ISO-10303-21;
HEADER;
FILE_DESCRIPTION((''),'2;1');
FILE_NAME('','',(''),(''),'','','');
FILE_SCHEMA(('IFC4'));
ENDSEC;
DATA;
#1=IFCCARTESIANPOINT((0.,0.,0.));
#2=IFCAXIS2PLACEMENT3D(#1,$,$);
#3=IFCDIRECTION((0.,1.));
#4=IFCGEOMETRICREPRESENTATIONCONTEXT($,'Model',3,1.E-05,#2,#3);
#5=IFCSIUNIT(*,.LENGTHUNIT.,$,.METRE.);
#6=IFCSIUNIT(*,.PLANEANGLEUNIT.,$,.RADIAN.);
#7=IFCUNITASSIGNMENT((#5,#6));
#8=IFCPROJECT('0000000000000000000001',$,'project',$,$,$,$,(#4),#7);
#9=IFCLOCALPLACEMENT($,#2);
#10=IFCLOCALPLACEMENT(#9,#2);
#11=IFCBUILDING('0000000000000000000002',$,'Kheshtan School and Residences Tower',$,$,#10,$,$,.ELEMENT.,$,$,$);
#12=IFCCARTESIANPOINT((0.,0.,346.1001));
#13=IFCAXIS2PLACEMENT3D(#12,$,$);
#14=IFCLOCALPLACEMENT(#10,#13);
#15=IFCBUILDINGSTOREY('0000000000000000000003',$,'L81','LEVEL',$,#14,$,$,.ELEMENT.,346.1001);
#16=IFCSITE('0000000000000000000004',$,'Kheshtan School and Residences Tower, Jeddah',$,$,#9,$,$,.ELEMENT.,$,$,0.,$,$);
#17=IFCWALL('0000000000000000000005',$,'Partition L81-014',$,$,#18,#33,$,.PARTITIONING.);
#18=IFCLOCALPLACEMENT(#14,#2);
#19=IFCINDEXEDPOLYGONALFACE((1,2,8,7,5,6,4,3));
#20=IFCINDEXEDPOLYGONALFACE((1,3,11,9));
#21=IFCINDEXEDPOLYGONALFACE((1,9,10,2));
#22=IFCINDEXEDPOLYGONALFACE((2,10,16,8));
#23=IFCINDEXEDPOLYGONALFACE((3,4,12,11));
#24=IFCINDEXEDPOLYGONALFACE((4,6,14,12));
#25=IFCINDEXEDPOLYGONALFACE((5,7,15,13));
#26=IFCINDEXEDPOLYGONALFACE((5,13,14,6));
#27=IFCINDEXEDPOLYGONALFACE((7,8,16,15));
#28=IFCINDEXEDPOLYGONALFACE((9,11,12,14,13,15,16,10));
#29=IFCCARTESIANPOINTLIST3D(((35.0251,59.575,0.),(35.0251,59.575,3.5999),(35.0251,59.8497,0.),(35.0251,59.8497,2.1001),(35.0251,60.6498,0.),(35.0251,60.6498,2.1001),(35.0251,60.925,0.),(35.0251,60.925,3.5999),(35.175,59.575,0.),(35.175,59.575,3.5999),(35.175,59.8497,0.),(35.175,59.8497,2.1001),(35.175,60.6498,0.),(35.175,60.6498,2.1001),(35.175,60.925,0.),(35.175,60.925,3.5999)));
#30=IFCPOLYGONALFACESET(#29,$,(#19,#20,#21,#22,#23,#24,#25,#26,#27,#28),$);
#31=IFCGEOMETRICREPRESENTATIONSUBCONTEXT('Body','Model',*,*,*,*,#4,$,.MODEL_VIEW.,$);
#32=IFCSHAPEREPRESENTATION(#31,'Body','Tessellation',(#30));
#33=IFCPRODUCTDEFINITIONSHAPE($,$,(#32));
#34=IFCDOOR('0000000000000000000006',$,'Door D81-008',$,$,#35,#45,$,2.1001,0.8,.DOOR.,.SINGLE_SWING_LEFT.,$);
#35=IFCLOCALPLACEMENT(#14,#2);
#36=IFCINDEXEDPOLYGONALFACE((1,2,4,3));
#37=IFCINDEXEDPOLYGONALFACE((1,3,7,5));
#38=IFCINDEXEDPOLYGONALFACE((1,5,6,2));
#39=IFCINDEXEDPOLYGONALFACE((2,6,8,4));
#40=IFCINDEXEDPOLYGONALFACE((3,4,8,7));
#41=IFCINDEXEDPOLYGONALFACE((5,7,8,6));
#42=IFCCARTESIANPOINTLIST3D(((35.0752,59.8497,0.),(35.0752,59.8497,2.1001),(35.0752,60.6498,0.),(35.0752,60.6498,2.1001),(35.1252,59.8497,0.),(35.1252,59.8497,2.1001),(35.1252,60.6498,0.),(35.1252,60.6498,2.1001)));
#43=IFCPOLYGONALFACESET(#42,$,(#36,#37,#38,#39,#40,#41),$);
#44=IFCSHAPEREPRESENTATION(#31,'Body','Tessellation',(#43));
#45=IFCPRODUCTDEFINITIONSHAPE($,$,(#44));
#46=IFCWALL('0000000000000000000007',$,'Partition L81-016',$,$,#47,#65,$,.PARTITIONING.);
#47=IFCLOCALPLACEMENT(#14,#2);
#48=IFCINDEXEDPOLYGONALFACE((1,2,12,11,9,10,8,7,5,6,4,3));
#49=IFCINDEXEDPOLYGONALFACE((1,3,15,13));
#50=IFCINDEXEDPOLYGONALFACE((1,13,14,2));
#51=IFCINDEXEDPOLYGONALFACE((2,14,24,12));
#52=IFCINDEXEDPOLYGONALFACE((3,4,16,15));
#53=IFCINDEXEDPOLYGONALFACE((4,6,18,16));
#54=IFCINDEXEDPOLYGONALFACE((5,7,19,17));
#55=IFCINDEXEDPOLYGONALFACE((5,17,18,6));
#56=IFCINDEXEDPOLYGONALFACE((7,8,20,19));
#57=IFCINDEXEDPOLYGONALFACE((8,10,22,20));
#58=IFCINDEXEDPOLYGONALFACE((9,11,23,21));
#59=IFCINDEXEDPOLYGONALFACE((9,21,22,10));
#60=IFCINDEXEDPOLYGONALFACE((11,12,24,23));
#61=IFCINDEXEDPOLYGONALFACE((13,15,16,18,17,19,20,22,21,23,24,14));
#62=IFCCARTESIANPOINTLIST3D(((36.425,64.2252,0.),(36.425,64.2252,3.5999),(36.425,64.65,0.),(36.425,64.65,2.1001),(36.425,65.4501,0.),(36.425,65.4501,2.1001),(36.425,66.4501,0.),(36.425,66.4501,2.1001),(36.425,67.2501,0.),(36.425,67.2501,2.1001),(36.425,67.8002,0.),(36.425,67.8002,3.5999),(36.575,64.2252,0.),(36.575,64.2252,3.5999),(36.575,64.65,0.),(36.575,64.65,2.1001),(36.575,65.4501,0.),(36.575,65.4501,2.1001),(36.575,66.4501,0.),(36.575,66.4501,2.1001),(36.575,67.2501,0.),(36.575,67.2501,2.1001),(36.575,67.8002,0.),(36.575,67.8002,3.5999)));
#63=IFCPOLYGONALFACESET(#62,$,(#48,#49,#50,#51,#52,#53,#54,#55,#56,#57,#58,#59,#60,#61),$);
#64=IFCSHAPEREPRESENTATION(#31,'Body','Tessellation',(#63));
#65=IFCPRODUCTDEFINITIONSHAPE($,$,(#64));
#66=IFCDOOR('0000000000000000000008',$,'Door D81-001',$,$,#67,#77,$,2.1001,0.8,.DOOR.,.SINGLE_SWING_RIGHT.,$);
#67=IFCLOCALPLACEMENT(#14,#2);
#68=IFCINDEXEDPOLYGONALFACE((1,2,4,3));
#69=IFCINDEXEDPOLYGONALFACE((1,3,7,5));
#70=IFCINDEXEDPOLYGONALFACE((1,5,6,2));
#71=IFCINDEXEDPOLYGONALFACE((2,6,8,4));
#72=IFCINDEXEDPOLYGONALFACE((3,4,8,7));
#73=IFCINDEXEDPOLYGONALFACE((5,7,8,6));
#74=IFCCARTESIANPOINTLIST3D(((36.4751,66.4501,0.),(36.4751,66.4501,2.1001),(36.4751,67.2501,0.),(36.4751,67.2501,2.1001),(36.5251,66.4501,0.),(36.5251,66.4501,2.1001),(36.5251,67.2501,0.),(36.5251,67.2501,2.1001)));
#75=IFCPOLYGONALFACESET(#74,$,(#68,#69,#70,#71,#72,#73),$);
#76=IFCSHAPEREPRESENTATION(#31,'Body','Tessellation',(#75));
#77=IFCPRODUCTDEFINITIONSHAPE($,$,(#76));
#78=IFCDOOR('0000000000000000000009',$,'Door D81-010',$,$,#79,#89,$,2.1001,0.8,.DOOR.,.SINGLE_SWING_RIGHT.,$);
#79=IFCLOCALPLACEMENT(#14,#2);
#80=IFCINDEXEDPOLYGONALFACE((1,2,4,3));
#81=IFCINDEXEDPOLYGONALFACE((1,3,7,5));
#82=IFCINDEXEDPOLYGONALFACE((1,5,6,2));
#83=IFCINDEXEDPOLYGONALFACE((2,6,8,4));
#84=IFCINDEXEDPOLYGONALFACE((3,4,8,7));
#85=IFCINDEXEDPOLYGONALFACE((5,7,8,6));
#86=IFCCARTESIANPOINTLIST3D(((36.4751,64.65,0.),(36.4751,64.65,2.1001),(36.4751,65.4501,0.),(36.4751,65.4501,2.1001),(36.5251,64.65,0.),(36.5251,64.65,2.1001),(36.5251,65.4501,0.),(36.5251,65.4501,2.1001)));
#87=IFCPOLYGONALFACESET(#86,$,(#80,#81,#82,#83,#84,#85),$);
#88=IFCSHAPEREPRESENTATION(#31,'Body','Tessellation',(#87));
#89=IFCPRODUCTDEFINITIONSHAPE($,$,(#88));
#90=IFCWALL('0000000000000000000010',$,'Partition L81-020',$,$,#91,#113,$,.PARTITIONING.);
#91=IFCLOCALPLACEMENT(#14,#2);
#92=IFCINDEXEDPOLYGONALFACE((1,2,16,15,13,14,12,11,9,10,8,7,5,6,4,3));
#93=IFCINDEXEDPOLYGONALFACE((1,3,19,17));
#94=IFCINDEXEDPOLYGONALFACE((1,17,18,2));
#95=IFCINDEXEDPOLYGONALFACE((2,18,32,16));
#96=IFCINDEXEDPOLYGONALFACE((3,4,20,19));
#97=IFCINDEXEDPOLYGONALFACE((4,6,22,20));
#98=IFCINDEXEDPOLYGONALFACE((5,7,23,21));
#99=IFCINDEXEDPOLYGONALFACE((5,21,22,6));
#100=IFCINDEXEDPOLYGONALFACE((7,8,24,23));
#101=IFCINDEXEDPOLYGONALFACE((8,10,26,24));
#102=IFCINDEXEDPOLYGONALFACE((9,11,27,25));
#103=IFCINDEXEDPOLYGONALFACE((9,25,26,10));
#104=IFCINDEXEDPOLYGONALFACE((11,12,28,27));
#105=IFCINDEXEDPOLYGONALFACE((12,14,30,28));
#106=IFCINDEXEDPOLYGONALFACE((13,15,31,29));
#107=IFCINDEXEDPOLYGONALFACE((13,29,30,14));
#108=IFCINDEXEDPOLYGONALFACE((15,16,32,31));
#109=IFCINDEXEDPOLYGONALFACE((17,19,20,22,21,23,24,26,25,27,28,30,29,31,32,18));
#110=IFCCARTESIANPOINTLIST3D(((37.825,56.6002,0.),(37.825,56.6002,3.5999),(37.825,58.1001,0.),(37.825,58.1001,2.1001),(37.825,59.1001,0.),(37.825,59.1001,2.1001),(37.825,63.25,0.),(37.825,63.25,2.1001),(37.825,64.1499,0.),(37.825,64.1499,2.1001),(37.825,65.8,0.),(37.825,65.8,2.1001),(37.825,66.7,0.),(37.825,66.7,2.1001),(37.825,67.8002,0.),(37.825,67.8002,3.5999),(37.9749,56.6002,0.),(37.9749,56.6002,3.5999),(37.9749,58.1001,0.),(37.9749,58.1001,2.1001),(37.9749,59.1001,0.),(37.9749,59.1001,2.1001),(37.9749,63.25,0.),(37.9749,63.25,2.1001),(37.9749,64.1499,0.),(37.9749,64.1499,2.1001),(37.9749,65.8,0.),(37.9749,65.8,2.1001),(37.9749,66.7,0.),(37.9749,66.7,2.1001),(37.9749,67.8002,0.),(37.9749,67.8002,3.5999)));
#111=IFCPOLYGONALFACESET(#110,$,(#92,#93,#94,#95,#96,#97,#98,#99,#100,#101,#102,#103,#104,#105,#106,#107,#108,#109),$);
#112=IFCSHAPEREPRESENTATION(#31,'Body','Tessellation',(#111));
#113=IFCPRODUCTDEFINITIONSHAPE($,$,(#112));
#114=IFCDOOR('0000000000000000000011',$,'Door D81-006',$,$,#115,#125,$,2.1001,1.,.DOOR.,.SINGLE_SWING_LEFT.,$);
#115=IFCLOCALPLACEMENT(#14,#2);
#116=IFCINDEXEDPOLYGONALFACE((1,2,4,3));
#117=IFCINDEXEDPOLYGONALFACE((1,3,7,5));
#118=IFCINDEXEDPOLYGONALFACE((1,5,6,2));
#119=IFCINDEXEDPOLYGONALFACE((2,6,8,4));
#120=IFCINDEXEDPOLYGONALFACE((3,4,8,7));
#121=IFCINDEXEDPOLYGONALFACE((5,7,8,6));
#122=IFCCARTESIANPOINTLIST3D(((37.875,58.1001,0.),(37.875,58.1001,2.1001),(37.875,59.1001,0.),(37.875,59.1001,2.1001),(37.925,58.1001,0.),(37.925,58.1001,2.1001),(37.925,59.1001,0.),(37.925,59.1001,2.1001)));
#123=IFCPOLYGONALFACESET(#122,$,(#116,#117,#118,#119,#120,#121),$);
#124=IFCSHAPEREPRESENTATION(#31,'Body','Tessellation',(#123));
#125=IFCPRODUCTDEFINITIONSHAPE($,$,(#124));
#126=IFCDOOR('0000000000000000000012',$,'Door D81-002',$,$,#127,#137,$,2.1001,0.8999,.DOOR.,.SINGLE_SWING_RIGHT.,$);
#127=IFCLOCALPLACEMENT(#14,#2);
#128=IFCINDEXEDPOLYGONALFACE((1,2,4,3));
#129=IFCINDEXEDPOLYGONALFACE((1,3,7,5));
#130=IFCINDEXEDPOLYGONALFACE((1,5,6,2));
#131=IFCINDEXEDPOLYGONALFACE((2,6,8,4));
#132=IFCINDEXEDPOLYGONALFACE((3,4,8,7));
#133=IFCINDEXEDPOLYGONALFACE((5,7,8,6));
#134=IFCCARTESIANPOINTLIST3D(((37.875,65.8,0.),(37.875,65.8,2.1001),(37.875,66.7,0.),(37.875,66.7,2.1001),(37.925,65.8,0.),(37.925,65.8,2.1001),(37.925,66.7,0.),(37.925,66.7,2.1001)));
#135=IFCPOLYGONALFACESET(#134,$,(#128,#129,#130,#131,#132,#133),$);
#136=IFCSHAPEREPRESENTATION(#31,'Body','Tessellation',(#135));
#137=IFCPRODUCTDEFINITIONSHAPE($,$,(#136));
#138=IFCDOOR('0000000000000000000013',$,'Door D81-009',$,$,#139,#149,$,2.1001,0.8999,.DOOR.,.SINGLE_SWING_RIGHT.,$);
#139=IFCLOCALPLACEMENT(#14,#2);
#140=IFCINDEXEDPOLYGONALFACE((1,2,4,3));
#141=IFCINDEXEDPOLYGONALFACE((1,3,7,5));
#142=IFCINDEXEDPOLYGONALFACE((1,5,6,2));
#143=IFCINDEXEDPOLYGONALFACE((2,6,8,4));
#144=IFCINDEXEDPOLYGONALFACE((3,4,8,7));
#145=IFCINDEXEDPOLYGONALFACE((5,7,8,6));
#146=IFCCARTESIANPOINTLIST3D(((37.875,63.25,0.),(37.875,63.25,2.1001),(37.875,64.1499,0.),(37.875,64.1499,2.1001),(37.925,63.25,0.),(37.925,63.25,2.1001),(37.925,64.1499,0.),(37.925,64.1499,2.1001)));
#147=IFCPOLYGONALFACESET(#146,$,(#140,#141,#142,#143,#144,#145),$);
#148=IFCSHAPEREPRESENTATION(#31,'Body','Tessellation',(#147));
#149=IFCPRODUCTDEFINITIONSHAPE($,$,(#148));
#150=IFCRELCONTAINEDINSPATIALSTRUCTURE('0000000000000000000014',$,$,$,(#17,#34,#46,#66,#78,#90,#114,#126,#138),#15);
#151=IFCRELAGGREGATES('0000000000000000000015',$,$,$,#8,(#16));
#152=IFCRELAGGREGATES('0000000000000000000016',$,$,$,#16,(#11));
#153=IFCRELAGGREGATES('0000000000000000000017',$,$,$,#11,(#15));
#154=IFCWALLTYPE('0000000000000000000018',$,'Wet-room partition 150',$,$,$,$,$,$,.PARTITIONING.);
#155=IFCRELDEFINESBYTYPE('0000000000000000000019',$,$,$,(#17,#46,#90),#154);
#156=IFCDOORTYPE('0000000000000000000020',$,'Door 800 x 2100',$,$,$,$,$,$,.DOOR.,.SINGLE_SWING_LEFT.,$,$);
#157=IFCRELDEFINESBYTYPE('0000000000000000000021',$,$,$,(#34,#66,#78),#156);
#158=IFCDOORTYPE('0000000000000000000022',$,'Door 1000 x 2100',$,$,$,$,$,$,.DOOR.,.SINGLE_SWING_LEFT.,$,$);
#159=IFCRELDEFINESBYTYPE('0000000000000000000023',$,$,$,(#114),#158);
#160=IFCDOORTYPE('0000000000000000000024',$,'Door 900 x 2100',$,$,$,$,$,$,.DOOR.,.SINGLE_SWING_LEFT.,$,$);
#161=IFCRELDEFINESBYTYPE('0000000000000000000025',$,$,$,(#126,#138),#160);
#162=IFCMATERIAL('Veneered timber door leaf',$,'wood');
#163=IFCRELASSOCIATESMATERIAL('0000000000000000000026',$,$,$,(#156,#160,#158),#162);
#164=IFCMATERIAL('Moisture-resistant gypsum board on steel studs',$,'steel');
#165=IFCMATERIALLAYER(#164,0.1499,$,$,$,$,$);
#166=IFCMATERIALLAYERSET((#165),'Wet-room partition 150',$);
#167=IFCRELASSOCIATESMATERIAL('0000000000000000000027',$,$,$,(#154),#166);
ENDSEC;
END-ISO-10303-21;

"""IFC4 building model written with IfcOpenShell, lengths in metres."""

from ifc_helpers import new_model, si_unit, direction, frame, frame_2d, origin, place, context, subcontext, project, spatial, rectangle, extrude, source, transform, mapped, material, layer, layer_set, type_object, element, fill, save


model = new_model("IFC4")

# Units and contexts
model_context = context("Model", 3, precision=1e-05, world=origin(), true_north=direction((0.0, 1.0)))
body_context = subcontext(model_context, "Body", "Model", "MODEL_VIEW")
ifc_project = project(units=[si_unit("LENGTHUNIT", "METRE"), si_unit("PLANEANGLEUNIT", "RADIAN")], contexts=[model_context])

# Site, building, storey
site_placement = place(None, origin())
site = spatial("IfcSite", under=ifc_project, at=site_placement, Name="Kheshtan School and Residences Tower, Jeddah", CompositionType="ELEMENT", RefElevation=0.0)
building_placement = place(site_placement, origin())
building = spatial("IfcBuilding", under=site, at=building_placement, Name="Kheshtan School and Residences Tower", CompositionType="ELEMENT")
storey_placement = place(building_placement, frame((0.0, 0.0, 346.1001)))
storey = spatial("IfcBuildingStorey", under=building, at=storey_placement, Name="L81", Description="LEVEL", CompositionType="ELEMENT", Elevation=346.1001)

# Shared definitions
ifc_material_1 = material(Name="Veneered timber door leaf", Category="wood")
door_type_1 = type_object("IfcDoorType", Name="Door 800 x 2100", OperationType="SINGLE_SWING_LEFT", PredefinedType="DOOR", material=ifc_material_1)
shared_shape_1 = source(origin(), body_context, "Body", "SweptSolid", [
    extrude(rectangle(XDim=0.8, YDim=2.1001, at=frame_2d((0.3999, 1.05))), frame((0.0, 0.0249, 0.0), z_axis=(0.0, -1.0, 0.0), x_axis=(1.0, 0.0, 0.0)), (0.0, 0.0, 1.0), 0.05),
])
door_type_2 = type_object("IfcDoorType", Name="Door 900 x 2100", OperationType="SINGLE_SWING_LEFT", PredefinedType="DOOR", material=ifc_material_1)
shared_shape_2 = source(origin(), body_context, "Body", "SweptSolid", [
    extrude(rectangle(XDim=0.8999, YDim=2.1001, at=frame_2d((0.45, 1.05))), frame((0.0, 0.0249, 0.0), z_axis=(0.0, -1.0, 0.0), x_axis=(1.0, 0.0, 0.0)), (0.0, 0.0, 1.0), 0.05),
])

# Shared definitions
ifc_material_2 = material(Name="Moisture-resistant gypsum board on steel studs", Category="steel")
ifc_layer_1 = layer(ifc_material_2, 0.1499)
ifc_layer_set_1 = layer_set([ifc_layer_1], Name="Wet-room partition 150")
wall_type_1 = type_object("IfcWallType", Name="Wet-room partition 150", PredefinedType="PARTITIONING", material=ifc_layer_set_1)

# Wall, opening, door
wall_1_placement = place(storey_placement, frame((35.1001, 59.575, 0.0), z_axis=(0.0, 0.0, 1.0), x_axis=(0.0, 1.0, 0.0)))
wall_1 = element("IfcWall", 1, at=wall_1_placement, inside=storey, type_object=wall_type_1, Name="Partition L81-014", PredefinedType="PARTITIONING", context=body_context, shape_type="SweptSolid", body=[
    extrude(rectangle(XDim=1.3501, YDim=0.1499, at=frame_2d((0.675, 0.0))), origin(), (0.0, 0.0, 1.0), 3.5999),
])
opening_1_placement = place(wall_1_placement, frame((0.2749, 0.0, 0.0)))
opening_1 = element("IfcOpeningElement", 2, at=opening_1_placement, cuts=wall_1, PredefinedType="OPENING", context=body_context, shape_type="SweptSolid", body=[
    extrude(rectangle(XDim=0.8, YDim=2.1001, at=frame_2d((0.3999, 1.05))), frame((0.0, 0.085, 0.0), z_axis=(0.0, -1.0, 0.0), x_axis=(1.0, 0.0, 0.0)), (0.0, 0.0, 1.0), 0.1699),
])
door_1_placement = place(opening_1_placement, origin())
door_1 = element("IfcDoor", 3, at=door_1_placement, inside=storey, type_object=door_type_1, Name="Door D81-008", OperationType="SINGLE_SWING_LEFT", OverallHeight=2.1001, OverallWidth=0.8, PredefinedType="DOOR", context=body_context, shape_type="MappedRepresentation", body=[
    mapped(shared_shape_1, transform((0.0, 0.0, 0.0), x_axis=(1.0, 0.0, 0.0), y_axis=(0.0, 1.0, 0.0), z_axis=(0.0, 0.0, 1.0), scale=1.0)),
])
fill(opening_1, door_1)

# Walls, openings, doors
wall_2_placement = place(storey_placement, frame((36.5, 64.2251, 0.0), z_axis=(0.0, 0.0, 1.0), x_axis=(0.0, 1.0, 0.0)))
wall_2 = element("IfcWall", 4, at=wall_2_placement, inside=storey, type_object=wall_type_1, Name="Partition L81-016", PredefinedType="PARTITIONING", context=body_context, shape_type="SweptSolid", body=[
    extrude(rectangle(XDim=3.575, YDim=0.1499, at=frame_2d((1.7876, 0.0))), origin(), (0.0, 0.0, 1.0), 3.5999),
])
opening_2_placement = place(wall_2_placement, frame((2.2251, 0.0, 0.0)))
opening_2 = element("IfcOpeningElement", 5, at=opening_2_placement, cuts=wall_2, PredefinedType="OPENING", context=body_context, shape_type="SweptSolid", body=[
    extrude(rectangle(XDim=0.8, YDim=2.1001, at=frame_2d((0.3999, 1.05))), frame((0.0, 0.085, 0.0), z_axis=(0.0, -1.0, 0.0), x_axis=(1.0, 0.0, 0.0)), (0.0, 0.0, 1.0), 0.1699),
])
opening_3_placement = place(wall_2_placement, frame((0.425, 0.0, 0.0)))
opening_3 = element("IfcOpeningElement", 6, at=opening_3_placement, cuts=wall_2, PredefinedType="OPENING", context=body_context, shape_type="SweptSolid", body=[
    extrude(rectangle(XDim=0.8, YDim=2.1001, at=frame_2d((0.3999, 1.05))), frame((0.0, 0.085, 0.0), z_axis=(0.0, -1.0, 0.0), x_axis=(1.0, 0.0, 0.0)), (0.0, 0.0, 1.0), 0.1699),
])
door_2_placement = place(opening_2_placement, origin())
door_2 = element("IfcDoor", 7, at=door_2_placement, inside=storey, type_object=door_type_1, Name="Door D81-001", OperationType="SINGLE_SWING_RIGHT", OverallHeight=2.1001, OverallWidth=0.8, PredefinedType="DOOR", context=body_context, shape_type="MappedRepresentation", body=[
    mapped(shared_shape_1, transform((0.0, 0.0, 0.0), x_axis=(1.0, 0.0, 0.0), y_axis=(0.0, 1.0, 0.0), z_axis=(0.0, 0.0, 1.0), scale=1.0)),
])
fill(opening_2, door_2)
door_3_placement = place(opening_3_placement, origin())
door_3 = element("IfcDoor", 8, at=door_3_placement, inside=storey, type_object=door_type_1, Name="Door D81-010", OperationType="SINGLE_SWING_RIGHT", OverallHeight=2.1001, OverallWidth=0.8, PredefinedType="DOOR", context=body_context, shape_type="MappedRepresentation", body=[
    mapped(shared_shape_1, transform((0.0, 0.0, 0.0), x_axis=(1.0, 0.0, 0.0), y_axis=(0.0, 1.0, 0.0), z_axis=(0.0, 0.0, 1.0), scale=1.0)),
])
fill(opening_3, door_3)
wall_3_placement = place(storey_placement, frame((37.8999, 56.6001, 0.0), z_axis=(0.0, 0.0, 1.0), x_axis=(0.0, 1.0, 0.0)))
wall_3 = element("IfcWall", 9, at=wall_3_placement, inside=storey, type_object=wall_type_1, Name="Partition L81-020", PredefinedType="PARTITIONING", context=body_context, shape_type="SweptSolid", body=[
    extrude(rectangle(XDim=11.2, YDim=0.1499, at=frame_2d((5.6001, 0.0))), origin(), (0.0, 0.0, 1.0), 3.5999),
])
opening_4_placement = place(wall_3_placement, frame((9.2, 0.0, 0.0)))
opening_4 = element("IfcOpeningElement", 10, at=opening_4_placement, cuts=wall_3, PredefinedType="OPENING", context=body_context, shape_type="SweptSolid", body=[
    extrude(rectangle(XDim=0.8999, YDim=2.1001, at=frame_2d((0.45, 1.05))), frame((0.0, 0.085, 0.0), z_axis=(0.0, -1.0, 0.0), x_axis=(1.0, 0.0, 0.0)), (0.0, 0.0, 1.0), 0.1699),
])
opening_5_placement = place(wall_3_placement, frame((1.5, 0.0, 0.0)))
opening_5 = element("IfcOpeningElement", 11, at=opening_5_placement, cuts=wall_3, PredefinedType="OPENING", context=body_context, shape_type="SweptSolid", body=[
    extrude(rectangle(XDim=1.0, YDim=2.1001, at=frame_2d((0.5, 1.05))), frame((0.0, 0.085, 0.0), z_axis=(0.0, -1.0, 0.0), x_axis=(1.0, 0.0, 0.0)), (0.0, 0.0, 1.0), 0.1699),
])
opening_6_placement = place(wall_3_placement, frame((6.6499, 0.0, 0.0)))
opening_6 = element("IfcOpeningElement", 12, at=opening_6_placement, cuts=wall_3, PredefinedType="OPENING", context=body_context, shape_type="SweptSolid", body=[
    extrude(rectangle(XDim=0.8999, YDim=2.1001, at=frame_2d((0.45, 1.05))), frame((0.0, 0.085, 0.0), z_axis=(0.0, -1.0, 0.0), x_axis=(1.0, 0.0, 0.0)), (0.0, 0.0, 1.0), 0.1699),
])
door_type_3 = type_object("IfcDoorType", Name="Door 1000 x 2100", OperationType="SINGLE_SWING_LEFT", PredefinedType="DOOR", material=ifc_material_1)
shared_shape_3 = source(origin(), body_context, "Body", "SweptSolid", [
    extrude(rectangle(XDim=1.0, YDim=2.1001, at=frame_2d((0.5, 1.05))), frame((0.0, 0.0249, 0.0), z_axis=(0.0, -1.0, 0.0), x_axis=(1.0, 0.0, 0.0)), (0.0, 0.0, 1.0), 0.05),
])
door_4_placement = place(opening_5_placement, origin())
door_4 = element("IfcDoor", 13, at=door_4_placement, inside=storey, type_object=door_type_3, Name="Door D81-006", OperationType="SINGLE_SWING_LEFT", OverallHeight=2.1001, OverallWidth=1.0, PredefinedType="DOOR", context=body_context, shape_type="MappedRepresentation", body=[
    mapped(shared_shape_3, transform((0.0, 0.0, 0.0), x_axis=(1.0, 0.0, 0.0), y_axis=(0.0, 1.0, 0.0), z_axis=(0.0, 0.0, 1.0), scale=1.0)),
])
fill(opening_5, door_4)
door_5_placement = place(opening_4_placement, origin())
door_5 = element("IfcDoor", 14, at=door_5_placement, inside=storey, type_object=door_type_2, Name="Door D81-002", OperationType="SINGLE_SWING_RIGHT", OverallHeight=2.1001, OverallWidth=0.8999, PredefinedType="DOOR", context=body_context, shape_type="MappedRepresentation", body=[
    mapped(shared_shape_2, transform((0.0, 0.0, 0.0), x_axis=(1.0, 0.0, 0.0), y_axis=(0.0, 1.0, 0.0), z_axis=(0.0, 0.0, 1.0), scale=1.0)),
])
fill(opening_4, door_5)
door_6_placement = place(opening_6_placement, origin())
door_6 = element("IfcDoor", 15, at=door_6_placement, inside=storey, type_object=door_type_2, Name="Door D81-009", OperationType="SINGLE_SWING_RIGHT", OverallHeight=2.1001, OverallWidth=0.8999, PredefinedType="DOOR", context=body_context, shape_type="MappedRepresentation", body=[
    mapped(shared_shape_2, transform((0.0, 0.0, 0.0), x_axis=(1.0, 0.0, 0.0), y_axis=(0.0, 1.0, 0.0), z_axis=(0.0, 0.0, 1.0), scale=1.0)),
])
fill(opening_6, door_6)

save(model, "model.ifc")
